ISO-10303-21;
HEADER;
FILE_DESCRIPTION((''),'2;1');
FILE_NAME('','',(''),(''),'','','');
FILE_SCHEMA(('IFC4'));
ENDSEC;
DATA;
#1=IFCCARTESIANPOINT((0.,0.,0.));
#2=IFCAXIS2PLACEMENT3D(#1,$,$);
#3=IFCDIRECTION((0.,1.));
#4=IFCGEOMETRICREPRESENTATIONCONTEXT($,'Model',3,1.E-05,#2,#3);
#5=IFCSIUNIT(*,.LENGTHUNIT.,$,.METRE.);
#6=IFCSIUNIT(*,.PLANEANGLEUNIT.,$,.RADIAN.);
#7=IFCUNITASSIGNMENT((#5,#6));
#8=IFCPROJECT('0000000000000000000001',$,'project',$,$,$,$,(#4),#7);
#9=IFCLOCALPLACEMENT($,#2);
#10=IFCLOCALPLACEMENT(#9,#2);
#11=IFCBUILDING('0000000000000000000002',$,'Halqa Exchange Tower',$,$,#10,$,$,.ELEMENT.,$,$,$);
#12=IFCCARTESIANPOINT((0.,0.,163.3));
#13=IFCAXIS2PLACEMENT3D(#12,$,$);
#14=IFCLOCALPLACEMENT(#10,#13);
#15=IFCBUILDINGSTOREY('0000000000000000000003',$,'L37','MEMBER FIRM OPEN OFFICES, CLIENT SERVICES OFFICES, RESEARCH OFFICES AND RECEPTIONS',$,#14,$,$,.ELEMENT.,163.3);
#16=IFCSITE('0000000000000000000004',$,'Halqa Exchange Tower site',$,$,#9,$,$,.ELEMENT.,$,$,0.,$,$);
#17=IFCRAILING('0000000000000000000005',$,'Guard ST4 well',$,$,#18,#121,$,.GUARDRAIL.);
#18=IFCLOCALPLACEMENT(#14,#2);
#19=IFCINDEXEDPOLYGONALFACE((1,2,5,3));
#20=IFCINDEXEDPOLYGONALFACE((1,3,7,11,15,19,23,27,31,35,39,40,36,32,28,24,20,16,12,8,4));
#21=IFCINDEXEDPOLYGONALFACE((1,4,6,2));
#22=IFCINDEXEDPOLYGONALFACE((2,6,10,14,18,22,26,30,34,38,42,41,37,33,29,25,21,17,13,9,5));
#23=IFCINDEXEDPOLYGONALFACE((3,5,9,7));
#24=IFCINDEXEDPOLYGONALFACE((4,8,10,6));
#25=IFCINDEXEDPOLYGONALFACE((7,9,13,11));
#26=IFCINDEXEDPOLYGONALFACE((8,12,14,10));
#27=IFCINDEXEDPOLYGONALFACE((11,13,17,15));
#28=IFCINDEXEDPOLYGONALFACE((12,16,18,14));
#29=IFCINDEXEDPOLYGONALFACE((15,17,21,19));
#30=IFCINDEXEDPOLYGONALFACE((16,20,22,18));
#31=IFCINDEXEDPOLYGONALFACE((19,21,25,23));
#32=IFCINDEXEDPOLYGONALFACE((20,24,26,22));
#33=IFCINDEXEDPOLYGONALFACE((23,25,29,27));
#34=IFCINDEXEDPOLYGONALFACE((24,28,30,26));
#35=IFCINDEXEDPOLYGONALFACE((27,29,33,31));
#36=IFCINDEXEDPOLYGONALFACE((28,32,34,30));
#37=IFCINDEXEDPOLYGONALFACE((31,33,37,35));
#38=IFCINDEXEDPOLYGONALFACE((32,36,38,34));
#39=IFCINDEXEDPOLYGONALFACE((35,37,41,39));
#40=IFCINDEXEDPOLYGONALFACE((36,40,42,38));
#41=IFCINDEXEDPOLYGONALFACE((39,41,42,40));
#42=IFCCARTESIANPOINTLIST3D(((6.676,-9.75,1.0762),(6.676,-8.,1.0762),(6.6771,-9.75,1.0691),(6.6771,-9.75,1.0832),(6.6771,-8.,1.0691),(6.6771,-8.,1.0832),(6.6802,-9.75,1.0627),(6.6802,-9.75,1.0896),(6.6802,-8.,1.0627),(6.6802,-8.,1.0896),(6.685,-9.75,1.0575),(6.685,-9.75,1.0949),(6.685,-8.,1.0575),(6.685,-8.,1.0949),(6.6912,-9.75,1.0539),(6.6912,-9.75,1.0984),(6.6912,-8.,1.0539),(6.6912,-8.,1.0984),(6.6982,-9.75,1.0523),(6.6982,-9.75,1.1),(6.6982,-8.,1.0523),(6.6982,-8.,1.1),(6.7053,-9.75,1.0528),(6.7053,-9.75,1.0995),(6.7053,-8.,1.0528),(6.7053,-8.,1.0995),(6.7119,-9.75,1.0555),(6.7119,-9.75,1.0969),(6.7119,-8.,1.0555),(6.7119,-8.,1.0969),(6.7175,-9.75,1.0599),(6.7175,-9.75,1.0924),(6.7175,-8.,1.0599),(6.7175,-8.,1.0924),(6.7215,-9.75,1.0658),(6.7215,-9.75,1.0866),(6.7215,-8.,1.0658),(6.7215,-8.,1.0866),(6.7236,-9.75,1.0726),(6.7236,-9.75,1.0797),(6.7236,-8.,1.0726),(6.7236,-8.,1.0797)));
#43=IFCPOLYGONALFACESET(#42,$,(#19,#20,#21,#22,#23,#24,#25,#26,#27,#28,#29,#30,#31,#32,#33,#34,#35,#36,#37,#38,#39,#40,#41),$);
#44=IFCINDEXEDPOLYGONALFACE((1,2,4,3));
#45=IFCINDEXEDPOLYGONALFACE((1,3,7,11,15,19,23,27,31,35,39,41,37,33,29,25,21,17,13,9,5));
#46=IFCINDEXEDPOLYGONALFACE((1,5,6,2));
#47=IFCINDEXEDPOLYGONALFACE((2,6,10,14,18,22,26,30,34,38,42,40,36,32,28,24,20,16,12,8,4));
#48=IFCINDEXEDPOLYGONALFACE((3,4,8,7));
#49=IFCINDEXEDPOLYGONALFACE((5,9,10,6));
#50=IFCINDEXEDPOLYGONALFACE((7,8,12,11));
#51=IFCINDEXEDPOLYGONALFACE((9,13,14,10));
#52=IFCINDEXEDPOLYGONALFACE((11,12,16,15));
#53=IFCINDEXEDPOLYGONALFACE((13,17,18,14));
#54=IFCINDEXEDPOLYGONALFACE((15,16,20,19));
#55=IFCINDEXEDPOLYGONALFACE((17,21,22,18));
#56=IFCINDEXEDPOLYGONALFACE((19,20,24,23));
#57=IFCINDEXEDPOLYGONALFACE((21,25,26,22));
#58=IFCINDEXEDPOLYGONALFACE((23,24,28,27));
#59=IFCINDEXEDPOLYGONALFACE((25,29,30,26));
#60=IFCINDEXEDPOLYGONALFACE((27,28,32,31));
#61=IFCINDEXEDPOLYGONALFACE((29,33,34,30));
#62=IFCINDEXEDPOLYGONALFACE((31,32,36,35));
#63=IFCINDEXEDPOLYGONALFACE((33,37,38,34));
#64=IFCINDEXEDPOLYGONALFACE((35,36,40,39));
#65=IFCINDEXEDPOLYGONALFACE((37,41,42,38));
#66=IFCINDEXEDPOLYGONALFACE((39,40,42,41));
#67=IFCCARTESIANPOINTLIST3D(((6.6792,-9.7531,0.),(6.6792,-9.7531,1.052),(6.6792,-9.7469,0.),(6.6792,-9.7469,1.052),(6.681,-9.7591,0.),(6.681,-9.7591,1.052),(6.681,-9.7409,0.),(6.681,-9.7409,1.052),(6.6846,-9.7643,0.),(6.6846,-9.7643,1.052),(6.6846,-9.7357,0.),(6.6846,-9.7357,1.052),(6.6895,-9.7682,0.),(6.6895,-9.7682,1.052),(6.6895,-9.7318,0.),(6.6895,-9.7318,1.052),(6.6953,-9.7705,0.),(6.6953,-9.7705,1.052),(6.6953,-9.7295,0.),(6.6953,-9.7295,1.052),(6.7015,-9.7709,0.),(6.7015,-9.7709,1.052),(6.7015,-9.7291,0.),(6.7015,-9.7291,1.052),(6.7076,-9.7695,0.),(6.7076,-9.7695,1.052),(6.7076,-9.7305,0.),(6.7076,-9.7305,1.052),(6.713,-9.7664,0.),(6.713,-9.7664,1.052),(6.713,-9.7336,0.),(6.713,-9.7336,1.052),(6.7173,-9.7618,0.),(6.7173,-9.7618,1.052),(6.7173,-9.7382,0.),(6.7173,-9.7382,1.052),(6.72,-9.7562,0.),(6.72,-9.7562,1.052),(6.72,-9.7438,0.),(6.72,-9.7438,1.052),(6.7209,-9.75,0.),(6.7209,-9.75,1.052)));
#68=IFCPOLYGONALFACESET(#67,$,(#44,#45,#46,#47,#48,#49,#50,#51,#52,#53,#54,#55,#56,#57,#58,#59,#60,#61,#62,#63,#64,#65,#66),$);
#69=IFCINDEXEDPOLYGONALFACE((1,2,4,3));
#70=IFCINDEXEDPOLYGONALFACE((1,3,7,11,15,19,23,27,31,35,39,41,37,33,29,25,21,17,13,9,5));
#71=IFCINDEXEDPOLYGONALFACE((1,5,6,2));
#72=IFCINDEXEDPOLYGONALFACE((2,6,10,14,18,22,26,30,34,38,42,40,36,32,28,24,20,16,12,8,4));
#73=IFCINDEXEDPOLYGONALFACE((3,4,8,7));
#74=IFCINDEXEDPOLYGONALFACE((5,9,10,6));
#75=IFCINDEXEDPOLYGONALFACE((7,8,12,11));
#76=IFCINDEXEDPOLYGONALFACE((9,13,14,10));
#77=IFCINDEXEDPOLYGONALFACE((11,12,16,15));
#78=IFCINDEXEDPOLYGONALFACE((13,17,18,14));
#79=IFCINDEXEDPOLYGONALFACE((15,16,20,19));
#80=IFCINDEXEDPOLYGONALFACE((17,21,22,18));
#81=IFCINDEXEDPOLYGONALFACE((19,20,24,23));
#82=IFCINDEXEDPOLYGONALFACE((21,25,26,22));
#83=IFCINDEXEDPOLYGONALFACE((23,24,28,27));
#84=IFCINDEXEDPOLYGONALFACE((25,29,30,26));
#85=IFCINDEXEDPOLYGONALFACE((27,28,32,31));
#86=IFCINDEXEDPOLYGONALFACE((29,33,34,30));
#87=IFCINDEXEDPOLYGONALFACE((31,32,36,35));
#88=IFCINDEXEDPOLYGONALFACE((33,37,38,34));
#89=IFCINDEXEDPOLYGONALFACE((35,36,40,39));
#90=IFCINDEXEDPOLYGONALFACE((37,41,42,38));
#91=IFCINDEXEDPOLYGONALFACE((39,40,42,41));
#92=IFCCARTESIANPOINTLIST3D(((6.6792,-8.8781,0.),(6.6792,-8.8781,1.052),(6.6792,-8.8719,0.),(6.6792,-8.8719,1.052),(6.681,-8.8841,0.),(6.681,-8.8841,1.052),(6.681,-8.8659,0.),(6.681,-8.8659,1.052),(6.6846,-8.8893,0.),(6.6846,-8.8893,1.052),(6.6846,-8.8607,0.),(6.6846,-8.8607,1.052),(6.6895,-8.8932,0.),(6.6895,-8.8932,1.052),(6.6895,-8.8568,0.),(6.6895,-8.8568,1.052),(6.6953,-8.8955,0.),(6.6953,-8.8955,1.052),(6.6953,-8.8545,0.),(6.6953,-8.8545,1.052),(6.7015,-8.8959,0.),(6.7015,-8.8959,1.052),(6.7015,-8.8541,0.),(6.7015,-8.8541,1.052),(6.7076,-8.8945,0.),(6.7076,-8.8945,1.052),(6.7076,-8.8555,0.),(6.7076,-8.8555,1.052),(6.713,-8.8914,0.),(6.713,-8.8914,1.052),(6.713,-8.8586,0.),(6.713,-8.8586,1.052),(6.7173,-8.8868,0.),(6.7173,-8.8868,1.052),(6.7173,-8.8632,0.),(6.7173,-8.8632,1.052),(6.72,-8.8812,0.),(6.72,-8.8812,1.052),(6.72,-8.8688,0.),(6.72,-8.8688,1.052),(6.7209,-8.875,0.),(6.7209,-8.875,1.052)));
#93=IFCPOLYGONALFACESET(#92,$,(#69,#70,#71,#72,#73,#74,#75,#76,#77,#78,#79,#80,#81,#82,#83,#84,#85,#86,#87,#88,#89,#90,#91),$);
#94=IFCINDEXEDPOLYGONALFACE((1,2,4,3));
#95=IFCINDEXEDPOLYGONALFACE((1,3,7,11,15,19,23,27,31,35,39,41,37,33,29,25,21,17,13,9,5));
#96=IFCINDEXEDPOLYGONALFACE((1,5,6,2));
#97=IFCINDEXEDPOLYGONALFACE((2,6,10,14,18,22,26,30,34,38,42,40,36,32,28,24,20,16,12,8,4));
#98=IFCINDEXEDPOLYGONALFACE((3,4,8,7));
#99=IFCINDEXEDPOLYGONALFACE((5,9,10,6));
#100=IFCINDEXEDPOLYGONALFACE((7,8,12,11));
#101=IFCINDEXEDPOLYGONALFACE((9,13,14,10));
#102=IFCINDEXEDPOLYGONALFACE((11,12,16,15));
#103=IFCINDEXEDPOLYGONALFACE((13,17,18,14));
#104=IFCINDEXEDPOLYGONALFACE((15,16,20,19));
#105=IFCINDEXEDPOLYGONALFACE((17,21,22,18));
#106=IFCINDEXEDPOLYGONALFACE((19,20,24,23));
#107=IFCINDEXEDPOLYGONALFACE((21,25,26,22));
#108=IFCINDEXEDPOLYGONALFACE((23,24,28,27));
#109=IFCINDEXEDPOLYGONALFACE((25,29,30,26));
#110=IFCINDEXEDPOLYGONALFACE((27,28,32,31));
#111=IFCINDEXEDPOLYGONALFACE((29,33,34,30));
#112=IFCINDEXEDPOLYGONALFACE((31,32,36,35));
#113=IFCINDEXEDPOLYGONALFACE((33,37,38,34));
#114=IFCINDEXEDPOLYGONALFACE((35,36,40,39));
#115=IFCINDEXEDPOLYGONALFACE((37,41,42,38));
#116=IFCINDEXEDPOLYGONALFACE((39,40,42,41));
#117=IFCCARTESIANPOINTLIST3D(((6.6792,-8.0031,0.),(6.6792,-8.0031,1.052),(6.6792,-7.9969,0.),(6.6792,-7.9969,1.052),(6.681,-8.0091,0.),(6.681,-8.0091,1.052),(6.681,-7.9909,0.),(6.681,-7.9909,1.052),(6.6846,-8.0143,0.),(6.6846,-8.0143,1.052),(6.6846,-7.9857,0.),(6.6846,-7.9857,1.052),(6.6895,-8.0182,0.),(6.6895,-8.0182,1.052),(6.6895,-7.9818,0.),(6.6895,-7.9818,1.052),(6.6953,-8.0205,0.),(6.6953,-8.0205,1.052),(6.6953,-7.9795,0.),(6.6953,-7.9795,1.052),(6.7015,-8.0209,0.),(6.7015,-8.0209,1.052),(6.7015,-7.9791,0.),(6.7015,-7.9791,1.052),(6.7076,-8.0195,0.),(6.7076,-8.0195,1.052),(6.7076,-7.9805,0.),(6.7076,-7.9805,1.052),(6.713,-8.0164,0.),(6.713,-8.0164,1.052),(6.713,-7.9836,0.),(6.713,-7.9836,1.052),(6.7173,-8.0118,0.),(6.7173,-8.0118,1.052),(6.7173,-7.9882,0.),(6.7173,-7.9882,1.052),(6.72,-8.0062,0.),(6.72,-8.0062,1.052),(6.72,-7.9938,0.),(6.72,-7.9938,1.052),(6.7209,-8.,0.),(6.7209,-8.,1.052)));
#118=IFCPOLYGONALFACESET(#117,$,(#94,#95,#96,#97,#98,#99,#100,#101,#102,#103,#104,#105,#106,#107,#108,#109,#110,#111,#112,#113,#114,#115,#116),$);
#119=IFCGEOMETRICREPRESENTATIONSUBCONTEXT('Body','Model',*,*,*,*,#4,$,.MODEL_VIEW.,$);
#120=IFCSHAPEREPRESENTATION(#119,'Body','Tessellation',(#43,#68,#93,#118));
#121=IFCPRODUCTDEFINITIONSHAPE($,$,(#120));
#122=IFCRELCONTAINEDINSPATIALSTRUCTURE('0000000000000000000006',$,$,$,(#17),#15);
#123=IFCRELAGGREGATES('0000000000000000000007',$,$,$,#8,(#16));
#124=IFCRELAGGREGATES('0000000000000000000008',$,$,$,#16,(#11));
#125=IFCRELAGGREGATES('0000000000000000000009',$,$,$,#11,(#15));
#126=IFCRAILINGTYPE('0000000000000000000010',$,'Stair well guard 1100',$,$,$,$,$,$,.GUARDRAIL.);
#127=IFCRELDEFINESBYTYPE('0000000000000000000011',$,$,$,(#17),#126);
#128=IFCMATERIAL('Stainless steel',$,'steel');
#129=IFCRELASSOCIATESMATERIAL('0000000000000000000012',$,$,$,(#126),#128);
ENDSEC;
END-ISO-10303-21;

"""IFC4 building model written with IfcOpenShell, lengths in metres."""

from ifc_helpers import new_model, si_unit, direction, frame, origin, origin_2d, place, context, subcontext, project, spatial, circle, extrude, material, type_object, element, save


model = new_model("IFC4")

# Units and contexts
model_context = context("Model", 3, precision=1e-05, world=origin(), true_north=direction((0.0, 1.0)))
body_context = subcontext(model_context, "Body", "Model", "MODEL_VIEW")
ifc_project = project(units=[si_unit("LENGTHUNIT", "METRE"), si_unit("PLANEANGLEUNIT", "RADIAN")], contexts=[model_context])

# Site, building, storey
site_placement = place(None, origin())
site = spatial("IfcSite", under=ifc_project, at=site_placement, Name="Halqa Exchange Tower site", CompositionType="ELEMENT", RefElevation=0.0)
building_placement = place(site_placement, origin())
building = spatial("IfcBuilding", under=site, at=building_placement, Name="Halqa Exchange Tower", CompositionType="ELEMENT")
storey_placement = place(building_placement, frame((0.0, 0.0, 163.3)))
storey = spatial("IfcBuildingStorey", under=building, at=storey_placement, Name="L37", Description="MEMBER FIRM OPEN OFFICES, CLIENT SERVICES OFFICES, RESEARCH OFFICES AND RECEPTIONS", CompositionType="ELEMENT", Elevation=163.3)

# Railing
ifc_material_1 = material(Name="Stainless steel", Category="steel")
railing_type_1 = type_object("IfcRailingType", Name="Stair well guard 1100", PredefinedType="GUARDRAIL", material=ifc_material_1)
railing_1_placement = place(storey_placement, frame((6.7, -9.75, 0.0)))
element("IfcRailing", 1, at=railing_1_placement, inside=storey, type_object=railing_type_1, Name="Guard ST4 well", PredefinedType="GUARDRAIL", context=body_context, shape_type="SweptSolid", body=[
    extrude(circle(Radius=0.0239, at=origin_2d()), frame((0.0, 0.0, 1.0762), z_axis=(0.0, 1.0, 0.0), x_axis=(-1.0, 0.0, 0.0)), (0.0, 0.0, 1.0), 1.75),
    extrude(circle(Radius=0.021, at=origin_2d()), origin(), (0.0, 0.0, 1.0), 1.052),
    extrude(circle(Radius=0.021, at=origin_2d()), frame((0.0, 0.875, 0.0)), (0.0, 0.0, 1.0), 1.052),
    extrude(circle(Radius=0.021, at=origin_2d()), frame((0.0, 1.75, 0.0)), (0.0, 0.0, 1.0), 1.052),
])

save(model, "model.ifc")
